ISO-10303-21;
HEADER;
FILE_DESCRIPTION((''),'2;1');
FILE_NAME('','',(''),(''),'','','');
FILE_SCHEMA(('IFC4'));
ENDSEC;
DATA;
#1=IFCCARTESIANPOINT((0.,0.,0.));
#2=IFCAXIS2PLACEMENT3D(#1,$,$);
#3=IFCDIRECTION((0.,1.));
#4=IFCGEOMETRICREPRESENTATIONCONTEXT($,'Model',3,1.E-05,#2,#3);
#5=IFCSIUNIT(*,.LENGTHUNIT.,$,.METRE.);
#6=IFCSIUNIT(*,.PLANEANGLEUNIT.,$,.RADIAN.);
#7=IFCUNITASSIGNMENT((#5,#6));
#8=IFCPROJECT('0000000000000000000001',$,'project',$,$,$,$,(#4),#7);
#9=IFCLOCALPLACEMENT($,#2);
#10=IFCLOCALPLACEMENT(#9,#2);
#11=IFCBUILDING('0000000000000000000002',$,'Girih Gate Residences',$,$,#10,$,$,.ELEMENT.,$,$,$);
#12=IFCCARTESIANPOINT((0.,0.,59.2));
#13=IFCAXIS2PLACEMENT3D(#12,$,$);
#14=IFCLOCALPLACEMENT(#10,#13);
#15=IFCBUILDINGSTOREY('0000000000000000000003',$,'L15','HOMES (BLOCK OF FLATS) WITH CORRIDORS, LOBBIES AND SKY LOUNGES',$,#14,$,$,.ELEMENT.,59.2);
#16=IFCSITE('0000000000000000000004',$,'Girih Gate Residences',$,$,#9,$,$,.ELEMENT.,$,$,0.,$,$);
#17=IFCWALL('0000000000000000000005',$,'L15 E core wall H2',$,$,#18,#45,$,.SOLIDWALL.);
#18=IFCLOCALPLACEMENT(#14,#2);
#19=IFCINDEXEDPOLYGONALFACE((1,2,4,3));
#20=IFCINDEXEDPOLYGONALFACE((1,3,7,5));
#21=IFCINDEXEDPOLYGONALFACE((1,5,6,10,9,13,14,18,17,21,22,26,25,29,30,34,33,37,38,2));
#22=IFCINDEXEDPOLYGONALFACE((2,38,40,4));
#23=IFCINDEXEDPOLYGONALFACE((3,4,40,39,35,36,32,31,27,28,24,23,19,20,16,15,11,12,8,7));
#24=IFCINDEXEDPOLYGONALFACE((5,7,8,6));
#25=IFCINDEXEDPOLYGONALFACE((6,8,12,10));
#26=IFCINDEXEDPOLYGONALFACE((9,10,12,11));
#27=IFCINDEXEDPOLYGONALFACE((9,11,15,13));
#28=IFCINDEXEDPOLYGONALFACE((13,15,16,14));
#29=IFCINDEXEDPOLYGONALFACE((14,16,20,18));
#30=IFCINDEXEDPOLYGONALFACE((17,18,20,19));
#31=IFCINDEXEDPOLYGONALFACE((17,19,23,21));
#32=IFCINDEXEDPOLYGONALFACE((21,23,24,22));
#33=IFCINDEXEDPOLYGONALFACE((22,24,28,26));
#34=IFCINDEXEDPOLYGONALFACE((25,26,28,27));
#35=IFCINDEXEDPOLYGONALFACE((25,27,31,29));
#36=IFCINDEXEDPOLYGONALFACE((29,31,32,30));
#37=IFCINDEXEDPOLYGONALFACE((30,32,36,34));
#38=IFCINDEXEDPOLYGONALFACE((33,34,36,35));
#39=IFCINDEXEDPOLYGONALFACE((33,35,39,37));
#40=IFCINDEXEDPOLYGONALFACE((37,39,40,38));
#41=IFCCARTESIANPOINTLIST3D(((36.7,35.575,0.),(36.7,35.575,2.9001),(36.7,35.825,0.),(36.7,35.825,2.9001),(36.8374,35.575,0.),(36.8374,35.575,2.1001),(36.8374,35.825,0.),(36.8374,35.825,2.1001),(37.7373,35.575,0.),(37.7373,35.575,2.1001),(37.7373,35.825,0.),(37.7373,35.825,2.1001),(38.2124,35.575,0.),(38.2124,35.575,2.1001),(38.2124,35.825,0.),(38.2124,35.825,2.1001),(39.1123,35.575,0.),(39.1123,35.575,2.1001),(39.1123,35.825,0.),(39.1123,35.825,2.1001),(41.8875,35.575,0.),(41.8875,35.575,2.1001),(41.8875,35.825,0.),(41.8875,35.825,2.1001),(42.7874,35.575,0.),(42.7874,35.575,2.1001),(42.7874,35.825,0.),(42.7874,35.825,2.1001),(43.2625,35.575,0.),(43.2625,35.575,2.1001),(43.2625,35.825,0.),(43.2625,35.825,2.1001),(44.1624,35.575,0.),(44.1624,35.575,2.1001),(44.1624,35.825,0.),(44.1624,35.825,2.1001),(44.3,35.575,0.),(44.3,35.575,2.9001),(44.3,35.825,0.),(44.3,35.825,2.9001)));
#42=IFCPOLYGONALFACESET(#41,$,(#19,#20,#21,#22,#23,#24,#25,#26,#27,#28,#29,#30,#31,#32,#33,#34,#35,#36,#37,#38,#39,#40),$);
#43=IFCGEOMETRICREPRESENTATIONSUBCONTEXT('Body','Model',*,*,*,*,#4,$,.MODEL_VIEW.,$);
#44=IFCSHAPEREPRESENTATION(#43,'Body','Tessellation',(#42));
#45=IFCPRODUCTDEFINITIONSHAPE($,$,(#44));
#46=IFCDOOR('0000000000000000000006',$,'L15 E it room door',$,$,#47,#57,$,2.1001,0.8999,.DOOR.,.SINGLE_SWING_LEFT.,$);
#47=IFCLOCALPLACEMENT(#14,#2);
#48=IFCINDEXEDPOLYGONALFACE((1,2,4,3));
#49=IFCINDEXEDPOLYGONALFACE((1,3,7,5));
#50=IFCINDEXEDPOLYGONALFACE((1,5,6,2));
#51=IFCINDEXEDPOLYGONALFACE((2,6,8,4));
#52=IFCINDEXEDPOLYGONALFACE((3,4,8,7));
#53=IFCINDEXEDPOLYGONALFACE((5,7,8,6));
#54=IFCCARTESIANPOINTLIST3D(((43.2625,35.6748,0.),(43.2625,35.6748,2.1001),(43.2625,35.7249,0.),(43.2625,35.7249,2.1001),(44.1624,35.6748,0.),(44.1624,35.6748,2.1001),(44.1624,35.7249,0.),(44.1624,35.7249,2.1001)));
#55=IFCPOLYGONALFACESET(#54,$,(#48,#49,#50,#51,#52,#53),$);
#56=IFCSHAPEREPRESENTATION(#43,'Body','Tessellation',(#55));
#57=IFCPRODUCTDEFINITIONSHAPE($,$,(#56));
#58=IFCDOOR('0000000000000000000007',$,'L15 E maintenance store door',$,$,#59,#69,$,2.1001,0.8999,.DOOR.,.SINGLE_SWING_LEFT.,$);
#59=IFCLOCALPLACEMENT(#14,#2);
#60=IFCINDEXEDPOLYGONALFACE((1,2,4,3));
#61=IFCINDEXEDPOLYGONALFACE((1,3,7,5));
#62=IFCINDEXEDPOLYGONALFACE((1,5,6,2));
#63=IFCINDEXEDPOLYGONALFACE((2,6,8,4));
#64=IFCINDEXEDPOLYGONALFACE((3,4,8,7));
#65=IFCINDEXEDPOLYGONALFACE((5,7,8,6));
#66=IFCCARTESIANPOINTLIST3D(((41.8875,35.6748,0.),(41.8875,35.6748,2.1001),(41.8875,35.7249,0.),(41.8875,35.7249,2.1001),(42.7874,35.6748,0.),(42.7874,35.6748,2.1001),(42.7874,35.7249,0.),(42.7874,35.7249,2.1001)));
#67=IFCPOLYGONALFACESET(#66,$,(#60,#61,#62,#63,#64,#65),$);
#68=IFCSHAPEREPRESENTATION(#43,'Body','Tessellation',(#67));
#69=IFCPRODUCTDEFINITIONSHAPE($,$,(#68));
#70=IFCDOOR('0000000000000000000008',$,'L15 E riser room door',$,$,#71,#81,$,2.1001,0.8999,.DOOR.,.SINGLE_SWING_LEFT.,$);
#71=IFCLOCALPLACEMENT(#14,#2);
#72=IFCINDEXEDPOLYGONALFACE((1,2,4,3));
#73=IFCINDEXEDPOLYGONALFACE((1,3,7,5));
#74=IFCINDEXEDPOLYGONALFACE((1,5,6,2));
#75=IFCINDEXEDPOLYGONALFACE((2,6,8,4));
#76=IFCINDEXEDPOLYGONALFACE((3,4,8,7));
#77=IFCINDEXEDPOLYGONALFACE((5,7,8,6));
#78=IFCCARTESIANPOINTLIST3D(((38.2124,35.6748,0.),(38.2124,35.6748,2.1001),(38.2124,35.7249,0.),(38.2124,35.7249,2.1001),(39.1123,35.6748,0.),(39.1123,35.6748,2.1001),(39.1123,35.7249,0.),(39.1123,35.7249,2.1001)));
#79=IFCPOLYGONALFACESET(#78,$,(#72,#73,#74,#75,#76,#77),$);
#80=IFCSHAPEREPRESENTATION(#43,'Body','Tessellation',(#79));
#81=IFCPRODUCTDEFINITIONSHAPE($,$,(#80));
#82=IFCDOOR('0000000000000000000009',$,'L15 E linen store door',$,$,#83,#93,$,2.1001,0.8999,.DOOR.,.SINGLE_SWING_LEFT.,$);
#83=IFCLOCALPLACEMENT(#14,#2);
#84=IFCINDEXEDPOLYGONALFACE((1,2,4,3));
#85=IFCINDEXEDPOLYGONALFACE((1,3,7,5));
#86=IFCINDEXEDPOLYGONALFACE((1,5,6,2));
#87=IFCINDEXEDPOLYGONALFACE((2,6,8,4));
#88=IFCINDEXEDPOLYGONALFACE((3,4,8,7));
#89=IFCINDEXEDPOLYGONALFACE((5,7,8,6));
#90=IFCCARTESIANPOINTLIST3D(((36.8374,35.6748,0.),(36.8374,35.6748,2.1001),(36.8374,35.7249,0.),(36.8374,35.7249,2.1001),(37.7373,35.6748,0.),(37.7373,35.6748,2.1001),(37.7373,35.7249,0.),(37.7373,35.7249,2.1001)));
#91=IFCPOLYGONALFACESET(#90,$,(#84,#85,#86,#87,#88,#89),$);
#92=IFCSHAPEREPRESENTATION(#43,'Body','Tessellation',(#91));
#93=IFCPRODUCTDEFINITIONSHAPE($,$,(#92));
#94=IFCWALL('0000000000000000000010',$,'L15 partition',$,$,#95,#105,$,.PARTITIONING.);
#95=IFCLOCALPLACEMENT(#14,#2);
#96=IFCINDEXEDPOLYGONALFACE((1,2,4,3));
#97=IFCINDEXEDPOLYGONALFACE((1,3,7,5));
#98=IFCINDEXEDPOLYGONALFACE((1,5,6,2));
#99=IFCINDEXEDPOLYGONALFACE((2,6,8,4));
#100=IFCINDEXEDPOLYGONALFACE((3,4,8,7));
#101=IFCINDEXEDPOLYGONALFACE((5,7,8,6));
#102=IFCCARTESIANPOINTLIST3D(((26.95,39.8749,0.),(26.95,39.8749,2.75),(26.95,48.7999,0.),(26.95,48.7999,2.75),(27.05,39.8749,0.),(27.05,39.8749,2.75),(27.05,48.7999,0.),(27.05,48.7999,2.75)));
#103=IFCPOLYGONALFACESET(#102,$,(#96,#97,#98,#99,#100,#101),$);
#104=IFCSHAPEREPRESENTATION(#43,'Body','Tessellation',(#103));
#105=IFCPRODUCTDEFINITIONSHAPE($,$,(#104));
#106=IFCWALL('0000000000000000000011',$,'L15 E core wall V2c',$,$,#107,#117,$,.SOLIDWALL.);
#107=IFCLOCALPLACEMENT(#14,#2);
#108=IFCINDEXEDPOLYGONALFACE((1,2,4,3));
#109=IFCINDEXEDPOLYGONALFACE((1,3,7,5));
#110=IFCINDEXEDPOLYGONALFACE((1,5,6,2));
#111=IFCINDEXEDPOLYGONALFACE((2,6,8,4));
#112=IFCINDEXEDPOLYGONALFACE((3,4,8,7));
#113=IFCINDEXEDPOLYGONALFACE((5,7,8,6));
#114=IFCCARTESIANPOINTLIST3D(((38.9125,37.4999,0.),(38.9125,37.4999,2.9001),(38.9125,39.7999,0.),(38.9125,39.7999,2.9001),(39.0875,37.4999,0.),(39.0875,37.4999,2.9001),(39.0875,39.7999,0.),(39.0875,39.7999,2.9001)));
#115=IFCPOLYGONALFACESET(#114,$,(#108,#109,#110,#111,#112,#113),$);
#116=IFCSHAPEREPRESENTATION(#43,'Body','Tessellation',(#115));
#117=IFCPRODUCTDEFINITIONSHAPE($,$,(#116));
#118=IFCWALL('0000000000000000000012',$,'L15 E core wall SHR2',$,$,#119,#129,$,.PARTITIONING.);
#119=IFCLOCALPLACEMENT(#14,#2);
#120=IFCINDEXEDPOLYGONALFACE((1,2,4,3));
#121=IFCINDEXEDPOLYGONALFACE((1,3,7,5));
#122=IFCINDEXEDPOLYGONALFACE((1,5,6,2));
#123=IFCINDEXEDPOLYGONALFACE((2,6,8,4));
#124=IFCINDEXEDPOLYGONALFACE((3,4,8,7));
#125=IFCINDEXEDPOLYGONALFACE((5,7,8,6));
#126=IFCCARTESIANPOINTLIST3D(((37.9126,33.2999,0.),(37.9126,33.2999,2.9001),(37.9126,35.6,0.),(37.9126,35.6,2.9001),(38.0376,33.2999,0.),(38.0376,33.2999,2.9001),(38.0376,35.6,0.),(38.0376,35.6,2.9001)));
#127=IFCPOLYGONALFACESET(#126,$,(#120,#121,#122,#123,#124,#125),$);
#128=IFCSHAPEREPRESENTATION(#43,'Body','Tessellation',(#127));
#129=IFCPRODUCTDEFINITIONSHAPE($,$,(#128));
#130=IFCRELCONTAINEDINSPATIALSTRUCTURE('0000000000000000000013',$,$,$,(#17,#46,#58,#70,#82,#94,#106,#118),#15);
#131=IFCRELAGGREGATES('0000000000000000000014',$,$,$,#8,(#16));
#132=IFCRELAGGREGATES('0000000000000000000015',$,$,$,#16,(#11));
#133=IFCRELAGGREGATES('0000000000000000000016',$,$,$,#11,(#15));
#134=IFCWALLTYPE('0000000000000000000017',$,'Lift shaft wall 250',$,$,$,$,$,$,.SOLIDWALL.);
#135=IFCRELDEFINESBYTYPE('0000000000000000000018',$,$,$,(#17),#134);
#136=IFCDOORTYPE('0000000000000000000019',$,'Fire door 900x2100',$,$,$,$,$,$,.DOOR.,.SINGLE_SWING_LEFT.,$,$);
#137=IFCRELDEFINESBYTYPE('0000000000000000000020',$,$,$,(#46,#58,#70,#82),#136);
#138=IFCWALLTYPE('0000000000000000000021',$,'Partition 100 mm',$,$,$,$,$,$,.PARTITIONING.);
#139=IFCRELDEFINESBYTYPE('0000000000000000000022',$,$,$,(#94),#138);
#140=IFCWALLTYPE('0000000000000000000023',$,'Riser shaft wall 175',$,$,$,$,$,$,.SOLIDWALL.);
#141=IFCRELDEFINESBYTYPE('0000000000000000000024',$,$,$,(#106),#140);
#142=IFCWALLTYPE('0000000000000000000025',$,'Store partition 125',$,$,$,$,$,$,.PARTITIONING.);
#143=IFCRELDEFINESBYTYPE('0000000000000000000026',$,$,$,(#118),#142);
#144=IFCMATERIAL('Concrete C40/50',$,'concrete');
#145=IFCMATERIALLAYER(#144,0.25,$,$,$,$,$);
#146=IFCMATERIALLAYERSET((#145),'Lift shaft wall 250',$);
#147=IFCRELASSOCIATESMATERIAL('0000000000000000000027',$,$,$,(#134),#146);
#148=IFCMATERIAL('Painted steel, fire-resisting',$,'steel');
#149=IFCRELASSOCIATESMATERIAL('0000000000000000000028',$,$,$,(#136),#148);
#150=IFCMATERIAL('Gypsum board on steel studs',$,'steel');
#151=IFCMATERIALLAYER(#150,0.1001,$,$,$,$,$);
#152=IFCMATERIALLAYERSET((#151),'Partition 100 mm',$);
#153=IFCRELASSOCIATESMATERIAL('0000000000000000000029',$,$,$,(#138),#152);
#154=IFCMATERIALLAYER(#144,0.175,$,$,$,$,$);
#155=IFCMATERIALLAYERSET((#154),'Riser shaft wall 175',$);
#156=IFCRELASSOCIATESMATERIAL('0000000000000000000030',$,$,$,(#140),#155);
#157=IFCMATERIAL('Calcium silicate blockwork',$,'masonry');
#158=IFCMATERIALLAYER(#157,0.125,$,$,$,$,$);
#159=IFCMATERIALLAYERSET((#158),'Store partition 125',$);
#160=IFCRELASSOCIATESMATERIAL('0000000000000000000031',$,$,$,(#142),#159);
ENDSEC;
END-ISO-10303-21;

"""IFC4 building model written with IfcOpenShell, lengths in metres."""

from ifc_helpers import new_model, si_unit, direction, frame, frame_2d, origin, place, context, subcontext, project, spatial, rectangle, extrude, material, layer, layer_set, type_object, element, fill, save


model = new_model("IFC4")

# Units and contexts
model_context = context("Model", 3, precision=1e-05, world=origin(), true_north=direction((0.0, 1.0)))
body_context = subcontext(model_context, "Body", "Model", "MODEL_VIEW")
ifc_project = project(units=[si_unit("LENGTHUNIT", "METRE"), si_unit("PLANEANGLEUNIT", "RADIAN")], contexts=[model_context])

# Site, building, storey
site_placement = place(None, origin())
site = spatial("IfcSite", under=ifc_project, at=site_placement, Name="Girih Gate Residences", CompositionType="ELEMENT", RefElevation=0.0)
building_placement = place(site_placement, origin())
building = spatial("IfcBuilding", under=site, at=building_placement, Name="Girih Gate Residences", CompositionType="ELEMENT")
storey_placement = place(building_placement, frame((0.0, 0.0, 59.2)))
storey = spatial("IfcBuildingStorey", under=building, at=storey_placement, Name="L15", Description="HOMES (BLOCK OF FLATS) WITH CORRIDORS, LOBBIES AND SKY LOUNGES", CompositionType="ELEMENT", Elevation=59.2)

# Shared definitions
ifc_material_1 = material(Name="Gypsum board on steel studs", Category="steel")

# Wall, openings, doors
ifc_material_2 = material(Name="Concrete C40/50", Category="concrete")
ifc_layer_1 = layer(ifc_material_2, 0.25)
ifc_layer_set_1 = layer_set([ifc_layer_1], Name="Lift shaft wall 250")
wall_type_1 = type_object("IfcWallType", Name="Lift shaft wall 250", PredefinedType="SOLIDWALL", material=ifc_layer_set_1)
wall_1_placement = place(storey_placement, frame((36.7, 35.7, 0.0), z_axis=(0.0, 0.0, 1.0), x_axis=(1.0, 0.0, 0.0)))
wall_1 = element("IfcWall", 1, at=wall_1_placement, inside=storey, type_object=wall_type_1, Name="L15 E core wall H2", PredefinedType="SOLIDWALL", context=body_context, shape_type="SweptSolid", body=[
    extrude(rectangle(XDim=7.6001, YDim=0.25, at=frame_2d((3.8, 0.0))), origin(), (0.0, 0.0, 1.0), 2.9001),
])
opening_1_placement = place(wall_1_placement, frame((6.5625, 0.0, 0.0)))
opening_1 = element("IfcOpeningElement", 2, at=opening_1_placement, cuts=wall_1, PredefinedType="OPENING", context=body_context, shape_type="SweptSolid", body=[
    extrude(rectangle(XDim=0.8999, YDim=2.1001, at=frame_2d((0.45, 1.05))), frame((0.0, 0.135, 0.0), z_axis=(0.0, -1.0, 0.0), x_axis=(1.0, 0.0, 0.0)), (0.0, 0.0, 1.0), 0.27),
])
opening_2_placement = place(wall_1_placement, frame((5.1875, 0.0, 0.0)))
opening_2 = element("IfcOpeningElement", 3, at=opening_2_placement, cuts=wall_1, PredefinedType="OPENING", context=body_context, shape_type="SweptSolid", body=[
    extrude(rectangle(XDim=0.8999, YDim=2.1001, at=frame_2d((0.45, 1.05))), frame((0.0, 0.135, 0.0), z_axis=(0.0, -1.0, 0.0), x_axis=(1.0, 0.0, 0.0)), (0.0, 0.0, 1.0), 0.27),
])
opening_3_placement = place(wall_1_placement, frame((1.5125, 0.0, 0.0)))
opening_3 = element("IfcOpeningElement", 4, at=opening_3_placement, cuts=wall_1, PredefinedType="OPENING", context=body_context, shape_type="SweptSolid", body=[
    extrude(rectangle(XDim=0.8999, YDim=2.1001, at=frame_2d((0.45, 1.05))), frame((0.0, 0.135, 0.0), z_axis=(0.0, -1.0, 0.0), x_axis=(1.0, 0.0, 0.0)), (0.0, 0.0, 1.0), 0.27),
])
opening_4_placement = place(wall_1_placement, frame((0.1375, 0.0, 0.0)))
opening_4 = element("IfcOpeningElement", 5, at=opening_4_placement, cuts=wall_1, PredefinedType="OPENING", context=body_context, shape_type="SweptSolid", body=[
    extrude(rectangle(XDim=0.8999, YDim=2.1001, at=frame_2d((0.45, 1.05))), frame((0.0, 0.135, 0.0), z_axis=(0.0, -1.0, 0.0), x_axis=(1.0, 0.0, 0.0)), (0.0, 0.0, 1.0), 0.27),
])
ifc_material_3 = material(Name="Painted steel, fire-resisting", Category="steel")
door_type_1 = type_object("IfcDoorType", Name="Fire door 900x2100", OperationType="SINGLE_SWING_LEFT", PredefinedType="DOOR", material=ifc_material_3)
door_1_placement = place(opening_1_placement, origin())
door_1 = element("IfcDoor", 6, at=door_1_placement, inside=storey, type_object=door_type_1, Name="L15 E it room door", OperationType="SINGLE_SWING_LEFT", OverallHeight=2.1001, OverallWidth=0.8999, PredefinedType="DOOR", context=body_context, shape_type="SweptSolid", body=[
    extrude(rectangle(XDim=0.8999, YDim=2.1001, at=frame_2d((0.45, 1.05))), frame((0.0, 0.0249, 0.0), z_axis=(0.0, -1.0, 0.0), x_axis=(1.0, 0.0, 0.0)), (0.0, 0.0, 1.0), 0.05),
])
fill(opening_1, door_1)
door_2_placement = place(opening_2_placement, origin())
door_2 = element("IfcDoor", 7, at=door_2_placement, inside=storey, type_object=door_type_1, Name="L15 E maintenance store door", OperationType="SINGLE_SWING_LEFT", OverallHeight=2.1001, OverallWidth=0.8999, PredefinedType="DOOR", context=body_context, shape_type="SweptSolid", body=[
    extrude(rectangle(XDim=0.8999, YDim=2.1001, at=frame_2d((0.45, 1.05))), frame((0.0, 0.0249, 0.0), z_axis=(0.0, -1.0, 0.0), x_axis=(1.0, 0.0, 0.0)), (0.0, 0.0, 1.0), 0.05),
])
fill(opening_2, door_2)
door_3_placement = place(opening_3_placement, origin())
door_3 = element("IfcDoor", 8, at=door_3_placement, inside=storey, type_object=door_type_1, Name="L15 E riser room door", OperationType="SINGLE_SWING_LEFT", OverallHeight=2.1001, OverallWidth=0.8999, PredefinedType="DOOR", context=body_context, shape_type="SweptSolid", body=[
    extrude(rectangle(XDim=0.8999, YDim=2.1001, at=frame_2d((0.45, 1.05))), frame((0.0, 0.0249, 0.0), z_axis=(0.0, -1.0, 0.0), x_axis=(1.0, 0.0, 0.0)), (0.0, 0.0, 1.0), 0.05),
])
fill(opening_3, door_3)
door_4_placement = place(opening_4_placement, origin())
door_4 = element("IfcDoor", 9, at=door_4_placement, inside=storey, type_object=door_type_1, Name="L15 E linen store door", OperationType="SINGLE_SWING_LEFT", OverallHeight=2.1001, OverallWidth=0.8999, PredefinedType="DOOR", context=body_context, shape_type="SweptSolid", body=[
    extrude(rectangle(XDim=0.8999, YDim=2.1001, at=frame_2d((0.45, 1.05))), frame((0.0, 0.0249, 0.0), z_axis=(0.0, -1.0, 0.0), x_axis=(1.0, 0.0, 0.0)), (0.0, 0.0, 1.0), 0.05),
])
fill(opening_4, door_4)

# Walls
ifc_layer_2 = layer(ifc_material_1, 0.1001)
ifc_layer_set_2 = layer_set([ifc_layer_2], Name="Partition 100 mm")
wall_type_2 = type_object("IfcWallType", Name="Partition 100 mm", PredefinedType="PARTITIONING", material=ifc_layer_set_2)
wall_2_placement = place(storey_placement, frame((27.0, 39.875, 0.0), z_axis=(0.0, 0.0, 1.0), x_axis=(0.0, 1.0, 0.0)))
element("IfcWall", 10, at=wall_2_placement, inside=storey, type_object=wall_type_2, Name="L15 partition", PredefinedType="PARTITIONING", context=body_context, shape_type="SweptSolid", body=[
    extrude(rectangle(XDim=8.925, YDim=0.1001, at=frame_2d((4.4624, 0.0))), origin(), (0.0, 0.0, 1.0), 2.75),
])
ifc_layer_3 = layer(ifc_material_2, 0.175)
ifc_layer_set_3 = layer_set([ifc_layer_3], Name="Riser shaft wall 175")
wall_type_3 = type_object("IfcWallType", Name="Riser shaft wall 175", PredefinedType="SOLIDWALL", material=ifc_layer_set_3)
wall_3_placement = place(storey_placement, frame((39.0, 37.5, 0.0), z_axis=(0.0, 0.0, 1.0), x_axis=(0.0, 1.0, 0.0)))
element("IfcWall", 11, at=wall_3_placement, inside=storey, type_object=wall_type_3, Name="L15 E core wall V2c", PredefinedType="SOLIDWALL", context=body_context, shape_type="SweptSolid", body=[
    extrude(rectangle(XDim=2.3, YDim=0.175, at=frame_2d((1.1499, 0.0))), origin(), (0.0, 0.0, 1.0), 2.9001),
])
ifc_material_4 = material(Name="Calcium silicate blockwork", Category="masonry")
ifc_layer_4 = layer(ifc_material_4, 0.125)
ifc_layer_set_4 = layer_set([ifc_layer_4], Name="Store partition 125")
wall_type_4 = type_object("IfcWallType", Name="Store partition 125", PredefinedType="PARTITIONING", material=ifc_layer_set_4)
wall_4_placement = place(storey_placement, frame((37.9751, 33.3, 0.0), z_axis=(0.0, 0.0, 1.0), x_axis=(0.0, 1.0, 0.0)))
element("IfcWall", 12, at=wall_4_placement, inside=storey, type_object=wall_type_4, Name="L15 E core wall SHR2", PredefinedType="PARTITIONING", context=body_context, shape_type="SweptSolid", body=[
    extrude(rectangle(XDim=2.3, YDim=0.125, at=frame_2d((1.1499, 0.0))), origin(), (0.0, 0.0, 1.0), 2.9001),
])

save(model, "model.ifc")
